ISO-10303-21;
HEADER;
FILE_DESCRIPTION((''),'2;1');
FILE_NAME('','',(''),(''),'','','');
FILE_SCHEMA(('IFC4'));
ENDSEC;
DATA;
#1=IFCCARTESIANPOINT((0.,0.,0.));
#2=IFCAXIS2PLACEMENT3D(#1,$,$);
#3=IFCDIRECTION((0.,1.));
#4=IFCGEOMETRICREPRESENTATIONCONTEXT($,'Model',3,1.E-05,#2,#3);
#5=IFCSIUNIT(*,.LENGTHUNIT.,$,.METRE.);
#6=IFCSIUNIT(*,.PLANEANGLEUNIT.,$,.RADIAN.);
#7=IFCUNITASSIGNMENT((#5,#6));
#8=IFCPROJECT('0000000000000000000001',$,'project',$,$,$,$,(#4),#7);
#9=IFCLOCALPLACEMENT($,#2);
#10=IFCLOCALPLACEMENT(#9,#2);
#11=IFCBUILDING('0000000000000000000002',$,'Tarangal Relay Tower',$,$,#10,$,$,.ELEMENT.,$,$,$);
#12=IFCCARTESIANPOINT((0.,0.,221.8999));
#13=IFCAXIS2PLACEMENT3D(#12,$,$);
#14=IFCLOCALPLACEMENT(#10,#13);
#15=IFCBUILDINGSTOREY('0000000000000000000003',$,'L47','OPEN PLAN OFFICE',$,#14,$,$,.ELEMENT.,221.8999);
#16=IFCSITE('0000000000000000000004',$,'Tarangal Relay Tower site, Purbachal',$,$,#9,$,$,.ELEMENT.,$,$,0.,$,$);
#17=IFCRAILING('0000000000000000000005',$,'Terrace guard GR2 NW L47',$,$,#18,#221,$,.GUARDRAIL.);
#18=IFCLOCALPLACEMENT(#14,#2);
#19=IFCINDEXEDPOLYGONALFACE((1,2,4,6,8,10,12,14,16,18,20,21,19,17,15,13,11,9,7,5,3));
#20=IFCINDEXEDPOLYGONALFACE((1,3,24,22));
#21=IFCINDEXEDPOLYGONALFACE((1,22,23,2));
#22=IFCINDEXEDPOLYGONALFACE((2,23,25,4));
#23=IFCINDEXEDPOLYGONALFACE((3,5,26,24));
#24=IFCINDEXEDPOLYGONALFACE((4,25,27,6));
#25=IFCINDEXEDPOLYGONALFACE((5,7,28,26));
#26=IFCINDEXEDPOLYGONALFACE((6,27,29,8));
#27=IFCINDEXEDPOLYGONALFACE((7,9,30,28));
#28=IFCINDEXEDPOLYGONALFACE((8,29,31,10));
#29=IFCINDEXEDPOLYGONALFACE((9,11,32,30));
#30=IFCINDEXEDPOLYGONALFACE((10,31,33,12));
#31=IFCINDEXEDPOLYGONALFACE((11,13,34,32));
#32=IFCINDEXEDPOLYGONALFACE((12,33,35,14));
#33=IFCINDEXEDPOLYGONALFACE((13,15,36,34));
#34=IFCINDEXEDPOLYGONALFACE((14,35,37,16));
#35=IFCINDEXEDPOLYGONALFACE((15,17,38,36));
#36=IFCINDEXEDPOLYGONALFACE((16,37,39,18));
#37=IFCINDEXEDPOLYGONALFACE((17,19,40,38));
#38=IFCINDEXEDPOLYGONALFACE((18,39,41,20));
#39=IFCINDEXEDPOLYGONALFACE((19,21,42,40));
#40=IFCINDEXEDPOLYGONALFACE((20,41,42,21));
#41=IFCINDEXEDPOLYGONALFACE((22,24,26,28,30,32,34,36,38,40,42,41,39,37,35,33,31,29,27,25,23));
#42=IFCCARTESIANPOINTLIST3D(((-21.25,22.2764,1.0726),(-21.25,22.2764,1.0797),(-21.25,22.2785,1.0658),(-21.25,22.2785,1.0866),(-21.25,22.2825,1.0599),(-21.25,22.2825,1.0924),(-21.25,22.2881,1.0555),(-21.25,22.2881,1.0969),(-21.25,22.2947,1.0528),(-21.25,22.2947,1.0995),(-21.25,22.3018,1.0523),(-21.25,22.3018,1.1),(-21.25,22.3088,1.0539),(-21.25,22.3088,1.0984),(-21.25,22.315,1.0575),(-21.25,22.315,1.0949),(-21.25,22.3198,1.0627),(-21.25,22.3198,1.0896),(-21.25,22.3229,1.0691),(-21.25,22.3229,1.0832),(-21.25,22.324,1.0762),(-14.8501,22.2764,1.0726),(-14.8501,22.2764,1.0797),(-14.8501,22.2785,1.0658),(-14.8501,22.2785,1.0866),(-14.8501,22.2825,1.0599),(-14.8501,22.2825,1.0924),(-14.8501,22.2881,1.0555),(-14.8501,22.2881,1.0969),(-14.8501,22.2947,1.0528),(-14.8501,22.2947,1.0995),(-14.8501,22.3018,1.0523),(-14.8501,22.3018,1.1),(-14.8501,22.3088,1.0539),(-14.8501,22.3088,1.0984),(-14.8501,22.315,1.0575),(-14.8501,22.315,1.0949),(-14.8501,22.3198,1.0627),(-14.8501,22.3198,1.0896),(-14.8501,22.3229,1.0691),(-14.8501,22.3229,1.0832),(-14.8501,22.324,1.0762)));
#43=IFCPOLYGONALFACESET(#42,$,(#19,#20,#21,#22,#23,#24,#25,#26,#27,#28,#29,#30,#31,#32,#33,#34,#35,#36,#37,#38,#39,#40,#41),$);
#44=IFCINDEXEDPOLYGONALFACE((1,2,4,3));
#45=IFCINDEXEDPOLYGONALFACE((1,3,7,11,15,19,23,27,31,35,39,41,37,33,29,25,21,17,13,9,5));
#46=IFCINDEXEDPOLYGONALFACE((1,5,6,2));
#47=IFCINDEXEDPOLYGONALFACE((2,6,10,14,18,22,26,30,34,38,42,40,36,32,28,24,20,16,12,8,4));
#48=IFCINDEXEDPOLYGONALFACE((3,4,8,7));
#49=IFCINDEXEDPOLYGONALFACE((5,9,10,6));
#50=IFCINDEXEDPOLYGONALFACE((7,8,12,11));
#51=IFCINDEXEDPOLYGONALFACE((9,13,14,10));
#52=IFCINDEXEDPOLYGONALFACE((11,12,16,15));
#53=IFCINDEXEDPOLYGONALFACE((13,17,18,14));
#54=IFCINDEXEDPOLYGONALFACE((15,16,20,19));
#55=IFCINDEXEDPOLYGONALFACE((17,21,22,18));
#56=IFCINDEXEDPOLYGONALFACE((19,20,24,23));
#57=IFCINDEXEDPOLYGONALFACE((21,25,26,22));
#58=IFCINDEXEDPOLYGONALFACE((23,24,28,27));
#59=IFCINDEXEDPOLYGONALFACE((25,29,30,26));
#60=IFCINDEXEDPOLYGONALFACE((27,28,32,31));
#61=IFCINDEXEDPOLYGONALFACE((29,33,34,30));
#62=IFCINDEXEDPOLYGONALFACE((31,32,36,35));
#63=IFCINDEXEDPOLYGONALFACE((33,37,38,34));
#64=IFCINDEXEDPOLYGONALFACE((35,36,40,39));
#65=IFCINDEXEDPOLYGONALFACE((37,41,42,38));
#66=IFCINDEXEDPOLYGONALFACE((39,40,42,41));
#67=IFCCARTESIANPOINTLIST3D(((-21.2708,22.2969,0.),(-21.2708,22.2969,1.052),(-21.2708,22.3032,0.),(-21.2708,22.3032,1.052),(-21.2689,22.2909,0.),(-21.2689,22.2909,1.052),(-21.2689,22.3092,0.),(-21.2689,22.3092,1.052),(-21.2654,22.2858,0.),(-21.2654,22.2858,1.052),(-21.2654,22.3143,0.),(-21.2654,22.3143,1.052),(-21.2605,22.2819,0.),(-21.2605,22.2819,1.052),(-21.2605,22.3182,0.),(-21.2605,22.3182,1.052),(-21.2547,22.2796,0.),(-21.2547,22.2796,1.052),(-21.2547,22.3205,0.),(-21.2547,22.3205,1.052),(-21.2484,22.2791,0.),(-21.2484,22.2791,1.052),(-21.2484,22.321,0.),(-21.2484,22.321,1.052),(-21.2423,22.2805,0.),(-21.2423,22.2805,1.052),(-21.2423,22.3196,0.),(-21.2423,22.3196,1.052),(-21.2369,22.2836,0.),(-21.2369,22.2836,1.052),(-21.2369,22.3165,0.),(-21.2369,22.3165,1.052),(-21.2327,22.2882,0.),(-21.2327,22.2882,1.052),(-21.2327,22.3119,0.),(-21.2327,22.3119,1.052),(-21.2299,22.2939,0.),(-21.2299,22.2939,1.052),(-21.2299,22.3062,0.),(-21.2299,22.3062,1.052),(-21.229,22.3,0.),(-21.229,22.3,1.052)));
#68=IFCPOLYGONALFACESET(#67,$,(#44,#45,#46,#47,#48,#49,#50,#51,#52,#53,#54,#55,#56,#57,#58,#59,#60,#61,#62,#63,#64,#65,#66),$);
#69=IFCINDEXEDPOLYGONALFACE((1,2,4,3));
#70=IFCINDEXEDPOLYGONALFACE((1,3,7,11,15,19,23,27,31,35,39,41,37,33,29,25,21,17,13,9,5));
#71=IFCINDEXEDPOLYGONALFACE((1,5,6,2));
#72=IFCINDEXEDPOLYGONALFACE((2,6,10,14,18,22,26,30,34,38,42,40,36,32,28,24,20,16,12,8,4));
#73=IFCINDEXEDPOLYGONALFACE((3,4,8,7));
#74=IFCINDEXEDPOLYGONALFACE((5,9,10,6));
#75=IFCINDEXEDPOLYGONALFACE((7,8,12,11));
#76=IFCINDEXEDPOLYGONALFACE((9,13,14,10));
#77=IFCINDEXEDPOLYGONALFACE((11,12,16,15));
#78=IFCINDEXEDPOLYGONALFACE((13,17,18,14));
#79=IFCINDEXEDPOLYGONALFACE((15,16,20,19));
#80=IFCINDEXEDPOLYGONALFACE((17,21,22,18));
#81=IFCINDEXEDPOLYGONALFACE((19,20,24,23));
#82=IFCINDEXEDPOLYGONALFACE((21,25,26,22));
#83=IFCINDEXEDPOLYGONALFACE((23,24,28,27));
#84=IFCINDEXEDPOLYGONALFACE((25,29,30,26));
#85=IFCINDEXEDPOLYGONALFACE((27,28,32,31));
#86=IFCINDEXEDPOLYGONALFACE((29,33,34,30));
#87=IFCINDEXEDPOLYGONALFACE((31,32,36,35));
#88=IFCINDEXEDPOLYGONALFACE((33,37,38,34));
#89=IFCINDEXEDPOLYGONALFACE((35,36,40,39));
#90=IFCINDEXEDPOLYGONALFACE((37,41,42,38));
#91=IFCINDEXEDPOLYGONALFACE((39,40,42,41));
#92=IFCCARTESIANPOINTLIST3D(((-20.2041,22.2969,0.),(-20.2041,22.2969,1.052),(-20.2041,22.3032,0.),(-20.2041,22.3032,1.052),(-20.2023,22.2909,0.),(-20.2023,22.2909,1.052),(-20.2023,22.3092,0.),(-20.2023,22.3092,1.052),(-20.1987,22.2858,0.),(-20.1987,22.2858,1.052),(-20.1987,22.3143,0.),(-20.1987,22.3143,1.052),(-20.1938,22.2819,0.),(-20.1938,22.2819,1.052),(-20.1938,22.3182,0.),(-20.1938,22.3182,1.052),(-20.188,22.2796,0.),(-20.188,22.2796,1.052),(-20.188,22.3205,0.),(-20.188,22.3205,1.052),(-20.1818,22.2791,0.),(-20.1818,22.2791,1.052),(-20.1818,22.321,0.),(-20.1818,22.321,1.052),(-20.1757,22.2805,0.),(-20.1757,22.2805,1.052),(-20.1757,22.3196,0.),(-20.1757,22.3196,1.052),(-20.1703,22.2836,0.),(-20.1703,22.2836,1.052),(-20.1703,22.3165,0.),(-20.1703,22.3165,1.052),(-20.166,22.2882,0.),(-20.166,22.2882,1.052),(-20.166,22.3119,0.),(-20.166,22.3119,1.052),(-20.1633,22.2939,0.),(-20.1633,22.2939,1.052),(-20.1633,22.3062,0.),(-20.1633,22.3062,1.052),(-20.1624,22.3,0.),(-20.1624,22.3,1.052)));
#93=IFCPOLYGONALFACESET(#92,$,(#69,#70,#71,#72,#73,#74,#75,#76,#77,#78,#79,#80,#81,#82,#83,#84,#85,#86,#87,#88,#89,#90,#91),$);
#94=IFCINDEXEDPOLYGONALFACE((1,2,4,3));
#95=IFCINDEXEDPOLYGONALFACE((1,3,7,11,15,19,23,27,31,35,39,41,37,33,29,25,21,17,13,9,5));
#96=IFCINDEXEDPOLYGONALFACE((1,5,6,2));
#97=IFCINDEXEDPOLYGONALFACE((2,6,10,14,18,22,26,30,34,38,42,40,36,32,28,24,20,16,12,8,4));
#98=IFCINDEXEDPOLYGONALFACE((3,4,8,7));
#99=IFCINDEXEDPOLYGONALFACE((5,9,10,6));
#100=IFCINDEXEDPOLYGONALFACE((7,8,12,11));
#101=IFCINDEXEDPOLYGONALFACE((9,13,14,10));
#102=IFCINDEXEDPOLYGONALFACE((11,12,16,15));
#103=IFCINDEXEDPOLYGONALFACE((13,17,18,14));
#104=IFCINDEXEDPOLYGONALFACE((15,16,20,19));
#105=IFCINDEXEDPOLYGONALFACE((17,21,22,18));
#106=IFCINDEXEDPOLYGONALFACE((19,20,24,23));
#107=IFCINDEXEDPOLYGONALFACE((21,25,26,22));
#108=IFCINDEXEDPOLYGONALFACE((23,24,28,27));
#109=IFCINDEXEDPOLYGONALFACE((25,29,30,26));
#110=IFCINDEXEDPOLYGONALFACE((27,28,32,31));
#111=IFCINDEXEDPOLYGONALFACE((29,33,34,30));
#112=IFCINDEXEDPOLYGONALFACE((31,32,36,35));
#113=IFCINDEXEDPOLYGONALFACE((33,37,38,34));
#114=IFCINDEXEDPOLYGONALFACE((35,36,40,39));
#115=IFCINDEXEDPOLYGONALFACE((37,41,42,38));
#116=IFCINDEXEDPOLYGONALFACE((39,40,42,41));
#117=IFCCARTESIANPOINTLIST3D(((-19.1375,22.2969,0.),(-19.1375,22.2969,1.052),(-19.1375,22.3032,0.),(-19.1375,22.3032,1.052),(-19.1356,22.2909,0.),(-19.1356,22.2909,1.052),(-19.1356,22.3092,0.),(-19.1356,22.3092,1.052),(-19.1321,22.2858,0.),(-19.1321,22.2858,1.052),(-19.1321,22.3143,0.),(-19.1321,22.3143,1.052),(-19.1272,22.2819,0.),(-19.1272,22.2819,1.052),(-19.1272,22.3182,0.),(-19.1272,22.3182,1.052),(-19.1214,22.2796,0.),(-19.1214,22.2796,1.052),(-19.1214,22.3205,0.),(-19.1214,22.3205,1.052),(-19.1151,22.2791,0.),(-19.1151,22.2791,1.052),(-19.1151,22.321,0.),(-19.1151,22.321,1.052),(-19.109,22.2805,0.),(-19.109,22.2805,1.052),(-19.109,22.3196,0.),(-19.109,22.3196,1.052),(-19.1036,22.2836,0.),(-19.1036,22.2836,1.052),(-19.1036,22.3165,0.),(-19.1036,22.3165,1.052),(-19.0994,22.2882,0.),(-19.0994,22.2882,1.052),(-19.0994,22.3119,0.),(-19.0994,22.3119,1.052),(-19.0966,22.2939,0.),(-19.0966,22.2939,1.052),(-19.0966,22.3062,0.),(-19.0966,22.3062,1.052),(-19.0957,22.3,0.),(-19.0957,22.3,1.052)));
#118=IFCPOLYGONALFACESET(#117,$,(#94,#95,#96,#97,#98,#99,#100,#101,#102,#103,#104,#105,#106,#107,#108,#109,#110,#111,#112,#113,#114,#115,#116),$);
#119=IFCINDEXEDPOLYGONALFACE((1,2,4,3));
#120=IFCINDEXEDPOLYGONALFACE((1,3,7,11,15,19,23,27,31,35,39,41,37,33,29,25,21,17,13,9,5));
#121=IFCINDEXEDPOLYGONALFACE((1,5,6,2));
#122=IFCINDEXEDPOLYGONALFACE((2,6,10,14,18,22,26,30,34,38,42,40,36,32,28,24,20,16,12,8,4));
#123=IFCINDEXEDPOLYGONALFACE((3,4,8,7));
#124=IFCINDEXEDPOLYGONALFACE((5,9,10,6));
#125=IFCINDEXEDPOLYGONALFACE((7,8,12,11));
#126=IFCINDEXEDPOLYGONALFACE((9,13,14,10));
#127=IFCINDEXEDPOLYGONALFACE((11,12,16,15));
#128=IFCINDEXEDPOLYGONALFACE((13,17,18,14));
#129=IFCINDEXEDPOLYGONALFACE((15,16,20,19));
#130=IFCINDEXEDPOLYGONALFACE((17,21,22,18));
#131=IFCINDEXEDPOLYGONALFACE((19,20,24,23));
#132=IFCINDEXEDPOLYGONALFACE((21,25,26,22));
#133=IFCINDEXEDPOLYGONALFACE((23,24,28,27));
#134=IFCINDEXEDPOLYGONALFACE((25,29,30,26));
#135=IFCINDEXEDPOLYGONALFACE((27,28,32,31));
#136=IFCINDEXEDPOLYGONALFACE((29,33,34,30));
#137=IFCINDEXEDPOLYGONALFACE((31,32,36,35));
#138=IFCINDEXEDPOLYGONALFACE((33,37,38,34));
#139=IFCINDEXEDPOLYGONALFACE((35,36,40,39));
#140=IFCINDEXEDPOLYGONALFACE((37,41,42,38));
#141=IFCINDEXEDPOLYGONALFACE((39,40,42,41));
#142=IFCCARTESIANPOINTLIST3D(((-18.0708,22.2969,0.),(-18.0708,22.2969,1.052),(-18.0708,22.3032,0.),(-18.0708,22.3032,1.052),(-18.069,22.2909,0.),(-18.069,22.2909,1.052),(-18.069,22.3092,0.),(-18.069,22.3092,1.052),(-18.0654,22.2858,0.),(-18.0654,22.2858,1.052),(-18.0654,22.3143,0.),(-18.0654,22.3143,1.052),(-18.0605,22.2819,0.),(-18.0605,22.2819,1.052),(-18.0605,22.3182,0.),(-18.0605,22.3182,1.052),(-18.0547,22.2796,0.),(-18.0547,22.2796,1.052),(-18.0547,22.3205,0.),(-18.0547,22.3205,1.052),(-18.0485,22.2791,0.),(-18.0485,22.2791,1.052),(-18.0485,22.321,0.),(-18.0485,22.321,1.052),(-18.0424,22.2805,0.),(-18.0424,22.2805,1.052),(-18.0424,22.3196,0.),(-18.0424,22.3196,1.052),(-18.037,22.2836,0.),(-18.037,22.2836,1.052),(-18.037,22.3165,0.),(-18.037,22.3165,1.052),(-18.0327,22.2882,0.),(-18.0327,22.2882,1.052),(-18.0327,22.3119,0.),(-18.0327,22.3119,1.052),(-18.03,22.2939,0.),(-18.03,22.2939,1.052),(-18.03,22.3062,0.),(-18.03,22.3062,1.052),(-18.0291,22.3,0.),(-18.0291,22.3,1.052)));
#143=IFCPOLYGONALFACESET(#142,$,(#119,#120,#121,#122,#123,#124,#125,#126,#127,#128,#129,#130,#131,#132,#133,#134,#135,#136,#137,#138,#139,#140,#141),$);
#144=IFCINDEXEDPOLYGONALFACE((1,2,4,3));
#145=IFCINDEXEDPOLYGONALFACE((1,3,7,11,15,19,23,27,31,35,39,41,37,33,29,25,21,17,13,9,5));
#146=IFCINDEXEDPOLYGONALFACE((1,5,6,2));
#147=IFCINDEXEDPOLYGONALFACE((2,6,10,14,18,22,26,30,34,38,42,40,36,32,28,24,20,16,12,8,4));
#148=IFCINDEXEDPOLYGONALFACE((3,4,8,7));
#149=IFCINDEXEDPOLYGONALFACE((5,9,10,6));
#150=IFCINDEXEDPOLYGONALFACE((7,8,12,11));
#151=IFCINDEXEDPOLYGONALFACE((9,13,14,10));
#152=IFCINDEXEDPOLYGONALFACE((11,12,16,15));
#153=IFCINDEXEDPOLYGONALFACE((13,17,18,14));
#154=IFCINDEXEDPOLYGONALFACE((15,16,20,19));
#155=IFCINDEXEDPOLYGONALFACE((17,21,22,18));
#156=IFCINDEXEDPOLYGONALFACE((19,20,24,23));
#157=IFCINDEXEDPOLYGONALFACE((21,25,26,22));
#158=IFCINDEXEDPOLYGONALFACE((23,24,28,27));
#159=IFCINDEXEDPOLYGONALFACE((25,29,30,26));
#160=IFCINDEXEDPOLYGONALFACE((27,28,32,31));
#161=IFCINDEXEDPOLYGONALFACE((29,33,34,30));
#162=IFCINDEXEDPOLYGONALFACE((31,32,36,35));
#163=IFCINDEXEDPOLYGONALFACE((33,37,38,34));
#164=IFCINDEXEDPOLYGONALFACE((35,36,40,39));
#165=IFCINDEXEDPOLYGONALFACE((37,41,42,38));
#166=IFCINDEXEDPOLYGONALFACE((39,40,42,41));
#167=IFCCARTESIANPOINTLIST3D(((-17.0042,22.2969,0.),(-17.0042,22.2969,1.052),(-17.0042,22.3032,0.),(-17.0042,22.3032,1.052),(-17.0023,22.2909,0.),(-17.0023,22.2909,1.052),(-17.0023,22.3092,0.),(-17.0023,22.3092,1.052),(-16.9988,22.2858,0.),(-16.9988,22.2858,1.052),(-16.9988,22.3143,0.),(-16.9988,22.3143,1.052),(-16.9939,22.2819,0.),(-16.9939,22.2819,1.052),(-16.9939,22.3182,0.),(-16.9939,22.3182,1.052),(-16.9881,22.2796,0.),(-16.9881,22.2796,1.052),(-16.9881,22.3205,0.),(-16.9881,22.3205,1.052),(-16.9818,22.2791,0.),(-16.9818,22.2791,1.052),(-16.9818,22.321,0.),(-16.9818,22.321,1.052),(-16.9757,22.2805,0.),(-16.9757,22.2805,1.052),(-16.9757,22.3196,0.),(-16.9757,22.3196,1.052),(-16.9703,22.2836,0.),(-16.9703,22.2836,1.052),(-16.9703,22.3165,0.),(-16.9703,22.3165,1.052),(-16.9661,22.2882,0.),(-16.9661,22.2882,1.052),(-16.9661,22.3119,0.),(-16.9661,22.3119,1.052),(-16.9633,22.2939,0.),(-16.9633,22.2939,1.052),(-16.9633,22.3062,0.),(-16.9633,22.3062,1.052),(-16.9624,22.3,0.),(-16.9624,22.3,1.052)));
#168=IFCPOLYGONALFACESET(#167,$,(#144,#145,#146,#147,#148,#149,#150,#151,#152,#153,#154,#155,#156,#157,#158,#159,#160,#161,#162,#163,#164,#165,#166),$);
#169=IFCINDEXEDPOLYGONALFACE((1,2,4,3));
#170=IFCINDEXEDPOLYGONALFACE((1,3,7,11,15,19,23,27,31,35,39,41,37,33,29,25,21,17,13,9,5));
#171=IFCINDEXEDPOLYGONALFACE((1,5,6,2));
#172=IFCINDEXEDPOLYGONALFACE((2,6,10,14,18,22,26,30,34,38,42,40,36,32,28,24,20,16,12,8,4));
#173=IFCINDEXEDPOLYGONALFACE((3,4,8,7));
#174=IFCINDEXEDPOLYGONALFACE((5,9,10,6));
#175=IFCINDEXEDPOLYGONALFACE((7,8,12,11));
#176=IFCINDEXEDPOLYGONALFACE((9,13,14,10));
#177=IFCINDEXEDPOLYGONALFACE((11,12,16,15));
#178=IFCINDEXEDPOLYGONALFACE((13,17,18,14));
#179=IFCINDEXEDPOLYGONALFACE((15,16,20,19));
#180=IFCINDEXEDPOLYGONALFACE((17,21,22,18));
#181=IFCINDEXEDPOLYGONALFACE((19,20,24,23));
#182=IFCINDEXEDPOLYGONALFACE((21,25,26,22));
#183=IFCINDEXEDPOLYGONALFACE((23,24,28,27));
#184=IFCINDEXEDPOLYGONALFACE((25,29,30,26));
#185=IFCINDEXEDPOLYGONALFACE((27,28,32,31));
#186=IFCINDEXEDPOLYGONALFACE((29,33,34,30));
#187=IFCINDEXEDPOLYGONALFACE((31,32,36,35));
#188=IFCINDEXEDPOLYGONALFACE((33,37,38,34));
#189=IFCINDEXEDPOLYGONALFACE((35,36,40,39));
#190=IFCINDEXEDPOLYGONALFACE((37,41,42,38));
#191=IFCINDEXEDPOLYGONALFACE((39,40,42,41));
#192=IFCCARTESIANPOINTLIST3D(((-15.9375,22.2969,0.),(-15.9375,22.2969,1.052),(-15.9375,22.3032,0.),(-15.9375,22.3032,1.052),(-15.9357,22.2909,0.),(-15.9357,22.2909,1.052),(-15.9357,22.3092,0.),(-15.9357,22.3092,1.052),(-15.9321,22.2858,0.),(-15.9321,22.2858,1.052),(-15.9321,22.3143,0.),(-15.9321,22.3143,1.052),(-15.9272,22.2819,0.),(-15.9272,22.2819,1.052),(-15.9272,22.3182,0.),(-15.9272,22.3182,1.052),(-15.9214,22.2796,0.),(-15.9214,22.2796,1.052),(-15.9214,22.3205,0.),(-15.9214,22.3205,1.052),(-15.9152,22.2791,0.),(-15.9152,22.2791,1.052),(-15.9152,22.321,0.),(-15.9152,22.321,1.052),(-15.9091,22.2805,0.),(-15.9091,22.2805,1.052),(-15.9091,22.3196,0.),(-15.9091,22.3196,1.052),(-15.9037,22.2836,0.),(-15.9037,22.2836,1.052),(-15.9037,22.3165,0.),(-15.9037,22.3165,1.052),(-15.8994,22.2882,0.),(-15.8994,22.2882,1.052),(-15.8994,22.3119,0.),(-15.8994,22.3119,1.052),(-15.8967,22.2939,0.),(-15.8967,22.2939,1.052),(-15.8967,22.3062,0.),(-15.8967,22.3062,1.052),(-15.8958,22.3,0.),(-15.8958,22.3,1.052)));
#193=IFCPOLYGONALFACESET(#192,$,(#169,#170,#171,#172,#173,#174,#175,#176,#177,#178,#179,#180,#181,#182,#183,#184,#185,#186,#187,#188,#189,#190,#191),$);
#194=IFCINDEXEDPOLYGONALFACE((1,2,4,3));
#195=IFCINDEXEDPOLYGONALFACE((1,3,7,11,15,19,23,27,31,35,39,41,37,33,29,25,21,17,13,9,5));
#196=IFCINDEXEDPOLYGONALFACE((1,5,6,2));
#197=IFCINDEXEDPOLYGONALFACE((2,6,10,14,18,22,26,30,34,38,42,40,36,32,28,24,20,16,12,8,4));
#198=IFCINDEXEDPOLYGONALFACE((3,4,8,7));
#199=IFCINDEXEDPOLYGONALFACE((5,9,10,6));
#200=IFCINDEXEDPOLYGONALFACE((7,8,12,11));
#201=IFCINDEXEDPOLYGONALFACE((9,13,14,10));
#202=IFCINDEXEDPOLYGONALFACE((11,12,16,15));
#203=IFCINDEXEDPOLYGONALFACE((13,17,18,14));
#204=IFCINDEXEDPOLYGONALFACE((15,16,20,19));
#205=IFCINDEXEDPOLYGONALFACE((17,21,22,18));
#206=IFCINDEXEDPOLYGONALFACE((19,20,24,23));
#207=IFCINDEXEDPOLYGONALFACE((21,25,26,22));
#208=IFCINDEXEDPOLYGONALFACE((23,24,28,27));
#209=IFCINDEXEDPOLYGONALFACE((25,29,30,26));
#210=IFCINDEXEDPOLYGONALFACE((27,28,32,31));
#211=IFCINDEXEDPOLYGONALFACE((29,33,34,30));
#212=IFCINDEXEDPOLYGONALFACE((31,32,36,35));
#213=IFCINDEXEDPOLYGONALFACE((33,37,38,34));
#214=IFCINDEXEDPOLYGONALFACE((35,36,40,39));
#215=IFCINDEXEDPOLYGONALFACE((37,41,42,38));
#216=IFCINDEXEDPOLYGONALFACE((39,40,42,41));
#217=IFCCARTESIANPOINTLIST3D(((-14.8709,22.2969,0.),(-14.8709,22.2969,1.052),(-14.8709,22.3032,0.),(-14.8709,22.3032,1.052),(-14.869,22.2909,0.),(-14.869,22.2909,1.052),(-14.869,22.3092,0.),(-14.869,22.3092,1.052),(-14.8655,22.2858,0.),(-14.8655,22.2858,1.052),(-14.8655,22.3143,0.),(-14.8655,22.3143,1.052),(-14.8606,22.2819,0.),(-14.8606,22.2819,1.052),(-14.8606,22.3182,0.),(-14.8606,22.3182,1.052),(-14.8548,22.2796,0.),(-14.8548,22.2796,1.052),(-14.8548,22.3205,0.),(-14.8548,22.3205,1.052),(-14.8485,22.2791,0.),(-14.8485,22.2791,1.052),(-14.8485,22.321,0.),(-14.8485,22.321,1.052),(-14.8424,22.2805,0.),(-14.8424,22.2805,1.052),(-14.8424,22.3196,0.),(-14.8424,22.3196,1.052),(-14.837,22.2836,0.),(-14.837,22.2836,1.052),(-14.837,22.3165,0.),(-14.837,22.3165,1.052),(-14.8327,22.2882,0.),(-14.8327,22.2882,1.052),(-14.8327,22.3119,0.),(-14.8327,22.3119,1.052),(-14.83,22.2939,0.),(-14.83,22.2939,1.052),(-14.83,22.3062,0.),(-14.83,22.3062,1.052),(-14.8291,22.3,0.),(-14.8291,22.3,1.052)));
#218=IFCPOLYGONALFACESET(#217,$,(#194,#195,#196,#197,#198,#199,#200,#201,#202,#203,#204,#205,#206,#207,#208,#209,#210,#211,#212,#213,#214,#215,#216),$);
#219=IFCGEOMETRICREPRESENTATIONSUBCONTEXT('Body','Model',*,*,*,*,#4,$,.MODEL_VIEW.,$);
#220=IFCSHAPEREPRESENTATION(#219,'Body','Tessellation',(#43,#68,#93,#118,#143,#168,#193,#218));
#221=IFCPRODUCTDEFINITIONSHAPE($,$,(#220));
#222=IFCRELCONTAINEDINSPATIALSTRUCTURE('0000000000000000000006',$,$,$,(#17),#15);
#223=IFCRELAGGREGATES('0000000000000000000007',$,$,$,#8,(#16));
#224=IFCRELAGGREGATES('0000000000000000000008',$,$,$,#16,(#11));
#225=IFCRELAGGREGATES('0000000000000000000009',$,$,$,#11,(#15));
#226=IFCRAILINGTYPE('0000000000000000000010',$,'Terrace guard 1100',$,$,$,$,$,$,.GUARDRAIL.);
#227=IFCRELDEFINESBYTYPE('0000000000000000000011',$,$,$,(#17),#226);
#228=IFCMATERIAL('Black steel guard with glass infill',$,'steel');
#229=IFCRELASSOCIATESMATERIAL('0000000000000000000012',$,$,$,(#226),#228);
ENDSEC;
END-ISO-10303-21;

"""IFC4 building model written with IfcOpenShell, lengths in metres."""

from ifc_helpers import new_model, si_unit, direction, frame, origin, origin_2d, place, context, subcontext, project, spatial, circle, extrude, material, type_object, element, save


model = new_model("IFC4")

# Units and contexts
model_context = context("Model", 3, precision=1e-05, world=origin(), true_north=direction((0.0, 1.0)))
body_context = subcontext(model_context, "Body", "Model", "MODEL_VIEW")
ifc_project = project(units=[si_unit("LENGTHUNIT", "METRE"), si_unit("PLANEANGLEUNIT", "RADIAN")], contexts=[model_context])

# Site, building, storey
site_placement = place(None, origin())
site = spatial("IfcSite", under=ifc_project, at=site_placement, Name="Tarangal Relay Tower site, Purbachal", CompositionType="ELEMENT", RefElevation=0.0)
building_placement = place(site_placement, origin())
building = spatial("IfcBuilding", under=site, at=building_placement, Name="Tarangal Relay Tower", CompositionType="ELEMENT")
storey_placement = place(building_placement, frame((0.0, 0.0, 221.8999)))
storey = spatial("IfcBuildingStorey", under=building, at=storey_placement, Name="L47", Description="OPEN PLAN OFFICE", CompositionType="ELEMENT", Elevation=221.8999)

# Railing
ifc_material_1 = material(Name="Black steel guard with glass infill", Category="steel")
railing_type = type_object("IfcRailingType", Name="Terrace guard 1100", PredefinedType="GUARDRAIL", material=ifc_material_1)
railing_1_placement = place(storey_placement, frame((-21.25, 22.3, 0.0)))
element("IfcRailing", 1, at=railing_1_placement, inside=storey, type_object=railing_type, Name="Terrace guard GR2 NW L47", PredefinedType="GUARDRAIL", context=body_context, shape_type="SweptSolid", body=[
    extrude(circle(Radius=0.0239, at=origin_2d()), frame((0.0, 0.0, 1.0762), z_axis=(1.0, 0.0, 0.0), x_axis=(0.0, 1.0, 0.0)), (0.0, 0.0, 1.0), 6.3999),
    extrude(circle(Radius=0.021, at=origin_2d()), origin(), (0.0, 0.0, 1.0), 1.052),
    extrude(circle(Radius=0.021, at=origin_2d()), frame((1.0667, 0.0, 0.0)), (0.0, 0.0, 1.0), 1.052),
    extrude(circle(Radius=0.021, at=origin_2d()), frame((2.1333, 0.0, 0.0)), (0.0, 0.0, 1.0), 1.052),
    extrude(circle(Radius=0.021, at=origin_2d()), frame((3.2, 0.0, 0.0)), (0.0, 0.0, 1.0), 1.052),
    extrude(circle(Radius=0.021, at=origin_2d()), frame((4.2666, 0.0, 0.0)), (0.0, 0.0, 1.0), 1.052),
    extrude(circle(Radius=0.021, at=origin_2d()), frame((5.3333, 0.0, 0.0)), (0.0, 0.0, 1.0), 1.052),
    extrude(circle(Radius=0.021, at=origin_2d()), frame((6.3999, 0.0, 0.0)), (0.0, 0.0, 1.0), 1.052),
])

save(model, "model.ifc")
